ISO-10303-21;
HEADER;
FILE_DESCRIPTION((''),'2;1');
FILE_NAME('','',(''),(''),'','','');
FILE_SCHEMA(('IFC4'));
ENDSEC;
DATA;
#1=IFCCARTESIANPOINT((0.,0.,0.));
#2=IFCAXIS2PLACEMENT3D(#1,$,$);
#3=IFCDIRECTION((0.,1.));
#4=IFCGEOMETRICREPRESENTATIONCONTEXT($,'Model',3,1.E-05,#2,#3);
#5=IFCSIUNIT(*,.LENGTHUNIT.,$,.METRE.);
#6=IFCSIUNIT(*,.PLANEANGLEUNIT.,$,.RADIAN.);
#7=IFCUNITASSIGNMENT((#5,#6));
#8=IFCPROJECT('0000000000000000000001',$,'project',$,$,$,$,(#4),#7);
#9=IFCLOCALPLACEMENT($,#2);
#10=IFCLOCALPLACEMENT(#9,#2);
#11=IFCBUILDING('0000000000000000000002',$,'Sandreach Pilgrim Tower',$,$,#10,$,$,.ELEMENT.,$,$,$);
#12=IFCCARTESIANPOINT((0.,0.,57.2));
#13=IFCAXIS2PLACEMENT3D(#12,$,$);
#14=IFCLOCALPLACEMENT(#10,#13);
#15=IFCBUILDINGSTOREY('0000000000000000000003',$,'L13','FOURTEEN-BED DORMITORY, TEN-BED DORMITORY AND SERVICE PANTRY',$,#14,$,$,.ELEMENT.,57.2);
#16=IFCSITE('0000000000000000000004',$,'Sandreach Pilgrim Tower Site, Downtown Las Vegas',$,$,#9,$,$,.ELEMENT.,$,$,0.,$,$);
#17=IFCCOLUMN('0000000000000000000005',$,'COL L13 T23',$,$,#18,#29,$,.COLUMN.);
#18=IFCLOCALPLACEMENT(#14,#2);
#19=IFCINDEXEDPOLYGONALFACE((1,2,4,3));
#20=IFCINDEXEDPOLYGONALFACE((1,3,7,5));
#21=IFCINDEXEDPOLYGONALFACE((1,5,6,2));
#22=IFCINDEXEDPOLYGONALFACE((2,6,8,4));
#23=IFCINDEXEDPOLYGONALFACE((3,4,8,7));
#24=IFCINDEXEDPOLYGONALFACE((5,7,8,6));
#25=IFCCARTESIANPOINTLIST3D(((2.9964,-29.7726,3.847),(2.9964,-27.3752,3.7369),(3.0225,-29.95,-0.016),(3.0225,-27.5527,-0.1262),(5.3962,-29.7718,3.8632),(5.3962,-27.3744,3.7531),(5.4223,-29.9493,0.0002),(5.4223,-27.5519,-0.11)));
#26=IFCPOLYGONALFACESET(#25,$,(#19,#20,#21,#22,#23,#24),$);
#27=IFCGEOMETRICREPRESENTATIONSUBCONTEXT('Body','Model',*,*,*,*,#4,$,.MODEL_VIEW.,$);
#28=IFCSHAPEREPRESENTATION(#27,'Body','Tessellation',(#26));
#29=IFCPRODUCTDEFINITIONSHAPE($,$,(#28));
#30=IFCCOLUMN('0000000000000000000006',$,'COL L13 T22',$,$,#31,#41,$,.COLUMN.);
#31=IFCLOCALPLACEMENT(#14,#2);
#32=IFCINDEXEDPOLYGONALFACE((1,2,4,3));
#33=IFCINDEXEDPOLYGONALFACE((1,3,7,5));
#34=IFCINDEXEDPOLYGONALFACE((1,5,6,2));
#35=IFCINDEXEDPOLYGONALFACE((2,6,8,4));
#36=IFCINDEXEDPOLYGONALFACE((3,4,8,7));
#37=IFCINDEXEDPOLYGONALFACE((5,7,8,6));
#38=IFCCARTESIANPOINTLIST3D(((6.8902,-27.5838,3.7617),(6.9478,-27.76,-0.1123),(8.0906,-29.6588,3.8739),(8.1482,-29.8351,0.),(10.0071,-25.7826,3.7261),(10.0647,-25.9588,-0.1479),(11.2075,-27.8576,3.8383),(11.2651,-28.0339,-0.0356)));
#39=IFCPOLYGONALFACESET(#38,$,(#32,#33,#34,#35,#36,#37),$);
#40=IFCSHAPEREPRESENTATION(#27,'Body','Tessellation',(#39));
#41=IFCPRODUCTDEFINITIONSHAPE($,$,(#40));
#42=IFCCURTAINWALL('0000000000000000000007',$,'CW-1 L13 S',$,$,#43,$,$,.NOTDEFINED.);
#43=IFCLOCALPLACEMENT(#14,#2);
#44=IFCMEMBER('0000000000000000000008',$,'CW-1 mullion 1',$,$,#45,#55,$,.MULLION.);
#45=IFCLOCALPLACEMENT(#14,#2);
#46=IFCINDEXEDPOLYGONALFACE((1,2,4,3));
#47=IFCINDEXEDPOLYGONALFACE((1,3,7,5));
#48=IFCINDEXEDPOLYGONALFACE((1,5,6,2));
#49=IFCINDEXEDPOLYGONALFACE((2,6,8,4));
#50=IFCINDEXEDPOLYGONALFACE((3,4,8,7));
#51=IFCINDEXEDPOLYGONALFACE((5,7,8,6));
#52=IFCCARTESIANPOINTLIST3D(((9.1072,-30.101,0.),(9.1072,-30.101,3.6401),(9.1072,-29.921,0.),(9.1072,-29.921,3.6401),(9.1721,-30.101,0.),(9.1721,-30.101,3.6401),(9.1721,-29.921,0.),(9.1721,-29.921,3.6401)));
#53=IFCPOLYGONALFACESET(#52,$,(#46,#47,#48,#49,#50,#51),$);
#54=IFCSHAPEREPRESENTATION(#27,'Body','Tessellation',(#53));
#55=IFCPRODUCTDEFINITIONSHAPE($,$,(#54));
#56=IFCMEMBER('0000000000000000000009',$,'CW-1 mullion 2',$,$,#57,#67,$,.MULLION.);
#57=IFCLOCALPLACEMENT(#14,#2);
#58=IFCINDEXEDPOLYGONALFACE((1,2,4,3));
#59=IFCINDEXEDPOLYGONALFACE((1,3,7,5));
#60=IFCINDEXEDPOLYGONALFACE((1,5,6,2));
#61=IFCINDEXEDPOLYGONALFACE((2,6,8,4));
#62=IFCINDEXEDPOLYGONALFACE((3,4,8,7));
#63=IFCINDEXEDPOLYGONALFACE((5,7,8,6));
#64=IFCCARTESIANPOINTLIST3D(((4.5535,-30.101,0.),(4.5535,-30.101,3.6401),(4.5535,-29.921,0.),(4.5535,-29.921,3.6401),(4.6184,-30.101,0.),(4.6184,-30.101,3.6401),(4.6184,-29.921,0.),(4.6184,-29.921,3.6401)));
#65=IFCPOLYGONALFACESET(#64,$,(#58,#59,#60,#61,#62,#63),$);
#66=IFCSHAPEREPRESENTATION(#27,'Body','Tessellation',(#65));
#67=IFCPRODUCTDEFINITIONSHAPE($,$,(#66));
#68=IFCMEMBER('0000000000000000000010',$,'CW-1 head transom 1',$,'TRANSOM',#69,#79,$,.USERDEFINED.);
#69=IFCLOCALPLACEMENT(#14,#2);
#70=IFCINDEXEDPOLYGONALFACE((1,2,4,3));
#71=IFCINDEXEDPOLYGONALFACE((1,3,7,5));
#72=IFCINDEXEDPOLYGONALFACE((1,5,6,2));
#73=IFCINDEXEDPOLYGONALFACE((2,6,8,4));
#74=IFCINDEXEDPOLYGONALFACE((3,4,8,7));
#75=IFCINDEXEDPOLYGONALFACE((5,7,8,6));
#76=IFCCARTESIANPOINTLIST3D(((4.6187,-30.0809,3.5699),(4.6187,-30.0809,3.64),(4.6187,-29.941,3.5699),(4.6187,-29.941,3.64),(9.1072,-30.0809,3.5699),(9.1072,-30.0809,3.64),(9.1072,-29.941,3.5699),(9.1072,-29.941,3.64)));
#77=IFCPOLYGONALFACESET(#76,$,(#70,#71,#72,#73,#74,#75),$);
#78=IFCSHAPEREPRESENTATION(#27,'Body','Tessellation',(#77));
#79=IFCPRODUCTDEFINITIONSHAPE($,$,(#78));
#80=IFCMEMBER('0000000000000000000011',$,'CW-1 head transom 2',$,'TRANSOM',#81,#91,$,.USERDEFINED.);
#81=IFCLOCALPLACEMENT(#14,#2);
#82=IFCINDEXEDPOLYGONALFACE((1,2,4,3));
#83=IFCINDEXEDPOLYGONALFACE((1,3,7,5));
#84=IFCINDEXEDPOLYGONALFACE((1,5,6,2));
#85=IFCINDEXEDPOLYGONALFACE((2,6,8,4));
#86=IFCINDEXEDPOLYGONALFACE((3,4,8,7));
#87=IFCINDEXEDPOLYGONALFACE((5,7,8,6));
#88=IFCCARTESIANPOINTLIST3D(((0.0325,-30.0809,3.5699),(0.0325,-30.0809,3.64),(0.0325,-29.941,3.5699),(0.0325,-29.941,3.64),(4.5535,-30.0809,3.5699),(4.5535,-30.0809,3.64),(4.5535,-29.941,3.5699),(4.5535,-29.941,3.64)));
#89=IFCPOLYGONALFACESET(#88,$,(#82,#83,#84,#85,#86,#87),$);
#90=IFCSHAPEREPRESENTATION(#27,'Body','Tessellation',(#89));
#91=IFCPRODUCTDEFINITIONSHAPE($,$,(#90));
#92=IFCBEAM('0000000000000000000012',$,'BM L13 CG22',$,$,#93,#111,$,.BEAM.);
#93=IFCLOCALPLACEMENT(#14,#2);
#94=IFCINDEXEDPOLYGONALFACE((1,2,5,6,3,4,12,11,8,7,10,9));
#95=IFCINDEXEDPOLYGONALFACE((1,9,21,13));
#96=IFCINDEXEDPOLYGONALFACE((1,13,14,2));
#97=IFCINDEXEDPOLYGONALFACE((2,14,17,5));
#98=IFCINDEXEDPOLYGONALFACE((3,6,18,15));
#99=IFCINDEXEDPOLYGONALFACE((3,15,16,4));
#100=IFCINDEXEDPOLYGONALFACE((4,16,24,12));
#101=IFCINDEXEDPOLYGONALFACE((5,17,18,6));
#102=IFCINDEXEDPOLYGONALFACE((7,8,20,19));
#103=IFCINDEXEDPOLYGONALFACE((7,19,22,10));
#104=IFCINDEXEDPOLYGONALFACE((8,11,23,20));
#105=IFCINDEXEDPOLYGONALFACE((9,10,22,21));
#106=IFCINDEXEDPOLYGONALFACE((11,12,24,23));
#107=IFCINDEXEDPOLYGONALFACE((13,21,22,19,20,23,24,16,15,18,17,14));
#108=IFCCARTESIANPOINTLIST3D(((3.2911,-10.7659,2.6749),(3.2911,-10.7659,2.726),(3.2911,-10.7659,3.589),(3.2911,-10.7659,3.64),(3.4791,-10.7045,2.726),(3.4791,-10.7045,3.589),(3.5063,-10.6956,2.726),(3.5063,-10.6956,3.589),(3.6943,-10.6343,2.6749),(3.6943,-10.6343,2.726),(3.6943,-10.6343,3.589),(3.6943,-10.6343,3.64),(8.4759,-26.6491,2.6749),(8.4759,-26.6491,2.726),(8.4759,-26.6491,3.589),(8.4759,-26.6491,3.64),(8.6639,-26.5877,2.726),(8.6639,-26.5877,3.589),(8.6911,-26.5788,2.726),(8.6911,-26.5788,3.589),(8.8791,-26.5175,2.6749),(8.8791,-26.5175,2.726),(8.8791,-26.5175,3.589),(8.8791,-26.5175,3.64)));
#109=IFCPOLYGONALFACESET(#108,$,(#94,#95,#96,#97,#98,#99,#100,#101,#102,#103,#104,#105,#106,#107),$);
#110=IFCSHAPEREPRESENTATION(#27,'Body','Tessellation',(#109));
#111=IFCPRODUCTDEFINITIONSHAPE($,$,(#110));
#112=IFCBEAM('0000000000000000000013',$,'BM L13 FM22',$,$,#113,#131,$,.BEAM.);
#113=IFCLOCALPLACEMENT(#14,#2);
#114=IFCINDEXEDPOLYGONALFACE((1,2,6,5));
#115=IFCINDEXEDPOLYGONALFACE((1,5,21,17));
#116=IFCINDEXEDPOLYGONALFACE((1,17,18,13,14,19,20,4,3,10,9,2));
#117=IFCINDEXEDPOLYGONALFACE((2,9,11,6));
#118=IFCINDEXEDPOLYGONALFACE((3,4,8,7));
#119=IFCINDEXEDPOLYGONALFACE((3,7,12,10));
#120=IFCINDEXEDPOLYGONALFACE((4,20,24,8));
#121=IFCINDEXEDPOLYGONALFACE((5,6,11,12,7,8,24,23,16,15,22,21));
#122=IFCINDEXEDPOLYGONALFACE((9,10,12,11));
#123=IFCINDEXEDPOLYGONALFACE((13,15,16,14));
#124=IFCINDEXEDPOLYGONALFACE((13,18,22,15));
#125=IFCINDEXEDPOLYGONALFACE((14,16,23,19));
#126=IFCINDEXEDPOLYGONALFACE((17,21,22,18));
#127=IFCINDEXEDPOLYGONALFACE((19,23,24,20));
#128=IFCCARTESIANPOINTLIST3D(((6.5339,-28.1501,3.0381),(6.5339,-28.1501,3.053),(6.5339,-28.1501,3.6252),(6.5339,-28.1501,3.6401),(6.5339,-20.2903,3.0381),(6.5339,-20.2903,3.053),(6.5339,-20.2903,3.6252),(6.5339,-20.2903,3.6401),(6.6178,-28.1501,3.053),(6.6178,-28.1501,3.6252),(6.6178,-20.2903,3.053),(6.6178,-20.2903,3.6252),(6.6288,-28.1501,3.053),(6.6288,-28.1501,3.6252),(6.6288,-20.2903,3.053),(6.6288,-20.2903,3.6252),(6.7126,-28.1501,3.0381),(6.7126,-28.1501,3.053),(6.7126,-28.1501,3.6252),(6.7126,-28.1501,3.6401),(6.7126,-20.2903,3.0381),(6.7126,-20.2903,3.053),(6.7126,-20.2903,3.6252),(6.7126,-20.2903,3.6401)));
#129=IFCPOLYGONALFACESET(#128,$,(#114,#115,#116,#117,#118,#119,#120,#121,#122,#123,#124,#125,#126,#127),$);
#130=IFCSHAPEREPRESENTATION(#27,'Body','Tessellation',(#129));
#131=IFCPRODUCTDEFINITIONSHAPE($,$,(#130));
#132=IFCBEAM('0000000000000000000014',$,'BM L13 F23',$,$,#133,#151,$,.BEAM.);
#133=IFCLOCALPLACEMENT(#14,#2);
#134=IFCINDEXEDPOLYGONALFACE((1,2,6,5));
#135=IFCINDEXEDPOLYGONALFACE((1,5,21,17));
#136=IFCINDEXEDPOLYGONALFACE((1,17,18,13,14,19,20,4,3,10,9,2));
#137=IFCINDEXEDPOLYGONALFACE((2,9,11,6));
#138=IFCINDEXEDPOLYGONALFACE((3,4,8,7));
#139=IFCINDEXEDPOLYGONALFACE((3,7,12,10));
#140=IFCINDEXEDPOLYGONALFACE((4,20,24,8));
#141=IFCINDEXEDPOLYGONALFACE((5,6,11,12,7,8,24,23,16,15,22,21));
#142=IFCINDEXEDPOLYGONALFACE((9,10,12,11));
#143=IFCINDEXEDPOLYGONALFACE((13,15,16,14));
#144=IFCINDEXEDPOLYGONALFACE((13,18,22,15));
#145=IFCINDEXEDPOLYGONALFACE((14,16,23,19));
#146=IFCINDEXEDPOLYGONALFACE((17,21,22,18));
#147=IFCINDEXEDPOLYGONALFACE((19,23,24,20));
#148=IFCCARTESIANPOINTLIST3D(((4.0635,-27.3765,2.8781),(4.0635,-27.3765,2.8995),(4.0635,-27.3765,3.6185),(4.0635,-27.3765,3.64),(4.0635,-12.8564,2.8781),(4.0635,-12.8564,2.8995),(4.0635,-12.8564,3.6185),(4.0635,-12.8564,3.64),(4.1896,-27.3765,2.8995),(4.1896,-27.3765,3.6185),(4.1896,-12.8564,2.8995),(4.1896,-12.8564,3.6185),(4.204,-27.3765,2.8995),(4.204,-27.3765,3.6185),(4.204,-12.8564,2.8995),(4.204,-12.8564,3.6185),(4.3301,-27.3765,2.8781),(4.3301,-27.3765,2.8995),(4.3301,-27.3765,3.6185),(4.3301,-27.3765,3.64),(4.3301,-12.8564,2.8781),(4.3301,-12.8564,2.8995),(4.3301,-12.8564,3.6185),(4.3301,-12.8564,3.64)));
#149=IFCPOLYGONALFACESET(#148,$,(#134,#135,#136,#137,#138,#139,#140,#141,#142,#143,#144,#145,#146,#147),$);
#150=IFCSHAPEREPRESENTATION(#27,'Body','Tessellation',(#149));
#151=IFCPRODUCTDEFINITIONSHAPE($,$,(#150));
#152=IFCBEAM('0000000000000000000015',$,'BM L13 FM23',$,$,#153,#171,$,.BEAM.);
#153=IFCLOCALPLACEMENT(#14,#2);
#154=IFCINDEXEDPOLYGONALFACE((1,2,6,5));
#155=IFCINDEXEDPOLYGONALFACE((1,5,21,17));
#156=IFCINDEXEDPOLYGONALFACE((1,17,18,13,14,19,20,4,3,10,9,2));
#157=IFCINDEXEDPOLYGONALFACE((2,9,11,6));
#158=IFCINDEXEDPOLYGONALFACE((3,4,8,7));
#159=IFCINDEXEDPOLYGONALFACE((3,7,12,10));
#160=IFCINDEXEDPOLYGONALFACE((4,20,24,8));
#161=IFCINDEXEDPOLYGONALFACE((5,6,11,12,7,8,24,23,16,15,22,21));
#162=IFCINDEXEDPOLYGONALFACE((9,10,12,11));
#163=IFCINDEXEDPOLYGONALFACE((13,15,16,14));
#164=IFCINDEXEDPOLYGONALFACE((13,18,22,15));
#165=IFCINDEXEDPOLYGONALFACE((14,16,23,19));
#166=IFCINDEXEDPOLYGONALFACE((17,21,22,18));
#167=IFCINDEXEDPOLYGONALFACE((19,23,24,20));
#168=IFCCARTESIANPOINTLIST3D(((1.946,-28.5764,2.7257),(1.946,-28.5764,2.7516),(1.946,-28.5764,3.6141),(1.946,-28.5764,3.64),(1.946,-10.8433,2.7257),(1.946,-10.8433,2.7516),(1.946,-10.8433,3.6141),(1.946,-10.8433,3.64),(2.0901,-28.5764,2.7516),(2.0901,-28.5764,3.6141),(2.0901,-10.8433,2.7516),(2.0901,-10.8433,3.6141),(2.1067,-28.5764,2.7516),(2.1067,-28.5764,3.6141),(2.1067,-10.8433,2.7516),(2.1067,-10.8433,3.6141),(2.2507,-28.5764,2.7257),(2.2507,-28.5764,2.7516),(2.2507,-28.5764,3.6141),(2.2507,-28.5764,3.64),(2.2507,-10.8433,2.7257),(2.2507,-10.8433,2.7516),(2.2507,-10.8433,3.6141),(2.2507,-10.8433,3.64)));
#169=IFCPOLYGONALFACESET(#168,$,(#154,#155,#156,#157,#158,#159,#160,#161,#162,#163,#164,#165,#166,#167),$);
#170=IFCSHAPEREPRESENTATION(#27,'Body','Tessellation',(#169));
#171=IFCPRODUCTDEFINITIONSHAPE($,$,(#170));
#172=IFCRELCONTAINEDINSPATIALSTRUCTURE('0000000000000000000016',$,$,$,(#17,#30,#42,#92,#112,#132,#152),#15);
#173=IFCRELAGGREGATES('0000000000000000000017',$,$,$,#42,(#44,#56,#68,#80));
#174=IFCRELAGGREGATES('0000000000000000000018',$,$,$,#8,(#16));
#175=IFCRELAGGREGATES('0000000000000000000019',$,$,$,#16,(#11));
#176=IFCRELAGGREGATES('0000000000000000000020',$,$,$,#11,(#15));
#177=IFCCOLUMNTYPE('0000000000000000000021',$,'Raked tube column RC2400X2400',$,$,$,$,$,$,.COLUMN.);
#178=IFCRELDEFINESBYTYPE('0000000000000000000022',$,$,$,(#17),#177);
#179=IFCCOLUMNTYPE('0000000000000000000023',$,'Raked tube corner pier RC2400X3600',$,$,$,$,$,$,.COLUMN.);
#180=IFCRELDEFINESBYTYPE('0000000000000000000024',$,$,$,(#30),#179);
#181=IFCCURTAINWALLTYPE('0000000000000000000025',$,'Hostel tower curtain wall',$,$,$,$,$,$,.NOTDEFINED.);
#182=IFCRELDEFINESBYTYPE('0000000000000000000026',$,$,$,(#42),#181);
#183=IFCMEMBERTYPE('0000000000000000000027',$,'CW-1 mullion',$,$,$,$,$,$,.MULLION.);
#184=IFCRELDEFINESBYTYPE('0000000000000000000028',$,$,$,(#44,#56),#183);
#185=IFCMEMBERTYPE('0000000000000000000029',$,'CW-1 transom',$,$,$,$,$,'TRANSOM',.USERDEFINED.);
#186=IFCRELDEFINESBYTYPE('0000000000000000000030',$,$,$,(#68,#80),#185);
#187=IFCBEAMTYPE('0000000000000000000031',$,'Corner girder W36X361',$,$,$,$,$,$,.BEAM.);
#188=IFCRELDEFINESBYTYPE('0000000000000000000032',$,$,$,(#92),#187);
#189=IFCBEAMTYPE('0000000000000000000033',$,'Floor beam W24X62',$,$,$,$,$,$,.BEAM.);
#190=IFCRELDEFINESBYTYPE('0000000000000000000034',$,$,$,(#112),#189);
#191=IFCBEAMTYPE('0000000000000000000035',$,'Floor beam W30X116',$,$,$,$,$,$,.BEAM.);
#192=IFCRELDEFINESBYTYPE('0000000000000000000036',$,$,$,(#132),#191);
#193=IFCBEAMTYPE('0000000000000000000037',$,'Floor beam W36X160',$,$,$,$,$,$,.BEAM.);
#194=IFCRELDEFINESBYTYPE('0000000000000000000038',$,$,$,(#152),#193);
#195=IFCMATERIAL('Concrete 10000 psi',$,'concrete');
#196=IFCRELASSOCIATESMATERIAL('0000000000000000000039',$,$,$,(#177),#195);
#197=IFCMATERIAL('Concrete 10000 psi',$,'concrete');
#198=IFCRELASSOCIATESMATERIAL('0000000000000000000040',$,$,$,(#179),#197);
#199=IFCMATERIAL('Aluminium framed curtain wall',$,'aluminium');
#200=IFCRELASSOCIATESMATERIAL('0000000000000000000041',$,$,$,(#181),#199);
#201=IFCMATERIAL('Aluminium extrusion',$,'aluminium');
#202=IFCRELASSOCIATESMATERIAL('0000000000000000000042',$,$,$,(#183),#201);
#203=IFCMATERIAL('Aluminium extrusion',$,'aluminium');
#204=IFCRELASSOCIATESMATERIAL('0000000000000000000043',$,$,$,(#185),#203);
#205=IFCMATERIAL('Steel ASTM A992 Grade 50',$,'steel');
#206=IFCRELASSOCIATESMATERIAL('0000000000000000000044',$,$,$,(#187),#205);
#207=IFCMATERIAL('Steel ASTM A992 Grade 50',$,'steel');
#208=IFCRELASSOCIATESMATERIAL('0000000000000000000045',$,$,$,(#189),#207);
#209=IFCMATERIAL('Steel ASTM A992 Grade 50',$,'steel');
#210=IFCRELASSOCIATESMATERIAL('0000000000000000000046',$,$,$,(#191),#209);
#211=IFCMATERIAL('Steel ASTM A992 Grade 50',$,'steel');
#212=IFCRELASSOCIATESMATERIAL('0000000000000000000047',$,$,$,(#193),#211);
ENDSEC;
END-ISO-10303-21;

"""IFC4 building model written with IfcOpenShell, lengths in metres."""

from ifc_helpers import new_model, si_unit, direction, frame, origin, origin_2d, place, context, subcontext, project, spatial, rectangle, i_section, extrude, material, material_profile, profile_set, type_object, element, aggregate, save


model = new_model("IFC4")

# Units and contexts
model_context = context("Model", 3, precision=1e-05, world=origin(), true_north=direction((0.0, 1.0)))
body_context = subcontext(model_context, "Body", "Model", "MODEL_VIEW")
ifc_project = project(units=[si_unit("LENGTHUNIT", "METRE"), si_unit("PLANEANGLEUNIT", "RADIAN")], contexts=[model_context])

# Site, building, storey
site_placement = place(None, origin())
site = spatial("IfcSite", under=ifc_project, at=site_placement, Name="Sandreach Pilgrim Tower Site, Downtown Las Vegas", CompositionType="ELEMENT", RefElevation=0.0)
building_placement = place(site_placement, origin())
building = spatial("IfcBuilding", under=site, at=building_placement, Name="Sandreach Pilgrim Tower", CompositionType="ELEMENT")
storey_placement = place(building_placement, frame((0.0, 0.0, 57.2)))
storey = spatial("IfcBuildingStorey", under=building, at=storey_placement, Name="L13", Description="FOURTEEN-BED DORMITORY, TEN-BED DORMITORY AND SERVICE PANTRY", CompositionType="ELEMENT", Elevation=57.2)

# Columns
ifc_material_1 = material(Name="Concrete 10000 psi", Category="concrete")
ifc_material_profile_1 = material_profile(ifc_material_1, rectangle(XDim=2.3999, YDim=2.3999, at=origin_2d()), Name="RC2400X2400")
ifc_profile_set_1 = profile_set([ifc_material_profile_1], Name="Concrete 10000 psi")
column_type_1 = type_object("IfcColumnType", Name="Raked tube column RC2400X2400", PredefinedType="COLUMN", material=ifc_profile_set_1)
column_1_placement = place(storey_placement, frame((4.2224, -28.751, -0.063), z_axis=(-0.006755, 0.045896, 0.998923), x_axis=(0.000005, -0.998946, 0.045897)))
element("IfcColumn", 1, at=column_1_placement, inside=storey, type_object=column_type_1, Name="COL L13 T23", PredefinedType="COLUMN", context=body_context, shape_type="SweptSolid", body=[
    extrude(rectangle(XDim=2.3999, YDim=2.3999, at=origin_2d()), origin(), (0.0, 0.0, 1.0), 3.8672),
])
ifc_material_2 = material(Name="Concrete 10000 psi", Category="concrete")
ifc_material_profile_2 = material_profile(ifc_material_2, rectangle(XDim=2.3999, YDim=3.6001, at=origin_2d()), Name="RC2400X3600")
ifc_profile_set_2 = profile_set([ifc_material_profile_2], Name="Concrete 10000 psi")
column_type_2 = type_object("IfcColumnType", Name="Raked tube corner pier RC2400X3600", PredefinedType="COLUMN", material=ifc_profile_set_2)
column_2_placement = place(storey_placement, frame((9.1064, -27.897, -0.074), z_axis=(-0.014856, 0.045448, 0.998856), x_axis=(0.500199, -0.864646, 0.046781)))
element("IfcColumn", 2, at=column_2_placement, inside=storey, type_object=column_type_2, Name="COL L13 T22", PredefinedType="COLUMN", context=body_context, shape_type="SweptSolid", body=[
    extrude(rectangle(XDim=2.3999, YDim=3.6001, at=origin_2d()), origin(), (0.0, 0.0, 1.0), 3.8784),
])

# Curtain wall, members
ifc_material_3 = material(Name="Aluminium framed curtain wall", Category="aluminium")
curtain_wall_type = type_object("IfcCurtainWallType", Name="Hostel tower curtain wall", PredefinedType="NOTDEFINED", material=ifc_material_3)
curtain_wall_placement = place(storey_placement, origin())
curtain_wall = element("IfcCurtainWall", 3, at=curtain_wall_placement, inside=storey, type_object=curtain_wall_type, Name="CW-1 L13 S", PredefinedType="NOTDEFINED")
ifc_material_4 = material(Name="Aluminium extrusion", Category="aluminium")
ifc_material_profile_3 = material_profile(ifc_material_4, rectangle(XDim=0.0649, YDim=0.1799, at=origin_2d()), Name="CW-1M 65X180")
ifc_profile_set_3 = profile_set([ifc_material_profile_3], Name="Aluminium extrusion")
member_type_1 = type_object("IfcMemberType", Name="CW-1 mullion", PredefinedType="MULLION", material=ifc_profile_set_3)
member_1_placement = place(storey_placement, frame((9.1396, -30.011, 0.0), z_axis=(0.0, 0.0, 1.0), x_axis=(-1.0, 0.0, 0.0)))
member_1 = element("IfcMember", 4, at=member_1_placement, type_object=member_type_1, Name="CW-1 mullion 1", PredefinedType="MULLION", context=body_context, shape_type="SweptSolid", body=[
    extrude(rectangle(XDim=0.0649, YDim=0.1799, at=origin_2d()), origin(), (0.0, 0.0, 1.0), 3.6401),
])
member_2_placement = place(storey_placement, frame((4.5859, -30.011, 0.0), z_axis=(0.0, 0.0, 1.0), x_axis=(-1.0, 0.0, 0.0)))
member_2 = element("IfcMember", 5, at=member_2_placement, type_object=member_type_1, Name="CW-1 mullion 2", PredefinedType="MULLION", context=body_context, shape_type="SweptSolid", body=[
    extrude(rectangle(XDim=0.0649, YDim=0.1799, at=origin_2d()), origin(), (0.0, 0.0, 1.0), 3.6401),
])
ifc_material_5 = material(Name="Aluminium extrusion", Category="aluminium")
ifc_material_profile_4 = material_profile(ifc_material_5, rectangle(XDim=0.1399, YDim=0.0701, at=origin_2d()), Name="CW-1T 140X70")
ifc_profile_set_4 = profile_set([ifc_material_profile_4], Name="Aluminium extrusion")
member_type_2 = type_object("IfcMemberType", Name="CW-1 transom", ElementType="TRANSOM", PredefinedType="USERDEFINED", material=ifc_profile_set_4)
member_3_placement = place(storey_placement, frame((9.1072, -30.011, 3.605), z_axis=(-1.0, 0.0, 0.0), x_axis=(0.0, -1.0, 0.0)))
member_3 = element("IfcMember", 6, at=member_3_placement, type_object=member_type_2, Name="CW-1 head transom 1", ObjectType="TRANSOM", PredefinedType="USERDEFINED", context=body_context, shape_type="SweptSolid", body=[
    extrude(rectangle(XDim=0.1399, YDim=0.0701, at=origin_2d()), origin(), (0.0, 0.0, 1.0), 4.4885),
])
member_4_placement = place(storey_placement, frame((4.5535, -30.011, 3.605), z_axis=(-1.0, 0.0, 0.0), x_axis=(0.0, -1.0, 0.0)))
member_4 = element("IfcMember", 7, at=member_4_placement, type_object=member_type_2, Name="CW-1 head transom 2", ObjectType="TRANSOM", PredefinedType="USERDEFINED", context=body_context, shape_type="SweptSolid", body=[
    extrude(rectangle(XDim=0.1399, YDim=0.0701, at=origin_2d()), origin(), (0.0, 0.0, 1.0), 4.521),
])

# Beams
ifc_material_6 = material(Name="Steel ASTM A992 Grade 50", Category="steel")
ifc_material_profile_5 = material_profile(ifc_material_6, i_section(OverallWidth=0.4241, OverallDepth=0.9651, WebThickness=0.0286, FlangeThickness=0.051, at=origin_2d()), Name="W36X361")
ifc_profile_set_5 = profile_set([ifc_material_profile_5], Name="Steel ASTM A992 Grade 50")
beam_type_1 = type_object("IfcBeamType", Name="Corner girder W36X361", PredefinedType="BEAM", material=ifc_profile_set_5)
beam_1_placement = place(storey_placement, frame((8.6775, -26.5833, 3.1575), z_axis=(-0.310317, 0.950633, 0.0), x_axis=(-0.950633, -0.310317, 0.0)))
element("IfcBeam", 8, at=beam_1_placement, inside=storey, type_object=beam_type_1, Name="BM L13 CG22", PredefinedType="BEAM", context=body_context, shape_type="SweptSolid", body=[
    extrude(i_section(OverallWidth=0.4241, OverallDepth=0.9651, WebThickness=0.0286, FlangeThickness=0.051, at=origin_2d()), origin(), (0.0, 0.0, 1.0), 16.708),
])
ifc_material_7 = material(Name="Steel ASTM A992 Grade 50", Category="steel")
ifc_material_profile_6 = material_profile(ifc_material_7, i_section(OverallWidth=0.1787, OverallDepth=0.6021, WebThickness=0.011, FlangeThickness=0.0149, at=origin_2d()), Name="W24X62")
ifc_profile_set_6 = profile_set([ifc_material_profile_6], Name="Steel ASTM A992 Grade 50")
beam_type_2 = type_object("IfcBeamType", Name="Floor beam W24X62", PredefinedType="BEAM", material=ifc_profile_set_6)
beam_2_placement = place(storey_placement, frame((6.6233, -28.1501, 3.3391), z_axis=(0.0, 1.0, 0.0), x_axis=(-1.0, 0.0, 0.0)))
element("IfcBeam", 9, at=beam_2_placement, inside=storey, type_object=beam_type_2, Name="BM L13 FM22", PredefinedType="BEAM", context=body_context, shape_type="SweptSolid", body=[
    extrude(i_section(OverallWidth=0.1787, OverallDepth=0.6021, WebThickness=0.011, FlangeThickness=0.0149, at=origin_2d()), origin(), (0.0, 0.0, 1.0), 7.8599),
])
ifc_material_8 = material(Name="Steel ASTM A992 Grade 50", Category="steel")
ifc_material_profile_7 = material_profile(ifc_material_8, i_section(OverallWidth=0.2666, OverallDepth=0.762, WebThickness=0.0144, FlangeThickness=0.0215, at=origin_2d()), Name="W30X116")
ifc_profile_set_7 = profile_set([ifc_material_profile_7], Name="Steel ASTM A992 Grade 50")
beam_type_3 = type_object("IfcBeamType", Name="Floor beam W30X116", PredefinedType="BEAM", material=ifc_profile_set_7)
beam_3_placement = place(storey_placement, frame((4.1968, -27.3765, 3.259), z_axis=(0.0, 1.0, 0.0), x_axis=(-1.0, 0.0, 0.0)))
element("IfcBeam", 10, at=beam_3_placement, inside=storey, type_object=beam_type_3, Name="BM L13 F23", PredefinedType="BEAM", context=body_context, shape_type="SweptSolid", body=[
    extrude(i_section(OverallWidth=0.2666, OverallDepth=0.762, WebThickness=0.0144, FlangeThickness=0.0215, at=origin_2d()), origin(), (0.0, 0.0, 1.0), 14.52),
])
ifc_material_9 = material(Name="Steel ASTM A992 Grade 50", Category="steel")
ifc_material_profile_8 = material_profile(ifc_material_9, i_section(OverallWidth=0.3047, OverallDepth=0.9143, WebThickness=0.0166, FlangeThickness=0.0259, at=origin_2d()), Name="W36X160")
ifc_profile_set_8 = profile_set([ifc_material_profile_8], Name="Steel ASTM A992 Grade 50")
beam_type_4 = type_object("IfcBeamType", Name="Floor beam W36X160", PredefinedType="BEAM", material=ifc_profile_set_8)
beam_4_placement = place(storey_placement, frame((2.0984, -28.5764, 3.1829), z_axis=(0.0, 1.0, 0.0), x_axis=(-1.0, 0.0, 0.0)))
element("IfcBeam", 11, at=beam_4_placement, inside=storey, type_object=beam_type_4, Name="BM L13 FM23", PredefinedType="BEAM", context=body_context, shape_type="SweptSolid", body=[
    extrude(i_section(OverallWidth=0.3047, OverallDepth=0.9143, WebThickness=0.0166, FlangeThickness=0.0259, at=origin_2d()), origin(), (0.0, 0.0, 1.0), 17.7332),
])

aggregate(curtain_wall, [member_1, member_2, member_3, member_4])

save(model, "model.ifc")
